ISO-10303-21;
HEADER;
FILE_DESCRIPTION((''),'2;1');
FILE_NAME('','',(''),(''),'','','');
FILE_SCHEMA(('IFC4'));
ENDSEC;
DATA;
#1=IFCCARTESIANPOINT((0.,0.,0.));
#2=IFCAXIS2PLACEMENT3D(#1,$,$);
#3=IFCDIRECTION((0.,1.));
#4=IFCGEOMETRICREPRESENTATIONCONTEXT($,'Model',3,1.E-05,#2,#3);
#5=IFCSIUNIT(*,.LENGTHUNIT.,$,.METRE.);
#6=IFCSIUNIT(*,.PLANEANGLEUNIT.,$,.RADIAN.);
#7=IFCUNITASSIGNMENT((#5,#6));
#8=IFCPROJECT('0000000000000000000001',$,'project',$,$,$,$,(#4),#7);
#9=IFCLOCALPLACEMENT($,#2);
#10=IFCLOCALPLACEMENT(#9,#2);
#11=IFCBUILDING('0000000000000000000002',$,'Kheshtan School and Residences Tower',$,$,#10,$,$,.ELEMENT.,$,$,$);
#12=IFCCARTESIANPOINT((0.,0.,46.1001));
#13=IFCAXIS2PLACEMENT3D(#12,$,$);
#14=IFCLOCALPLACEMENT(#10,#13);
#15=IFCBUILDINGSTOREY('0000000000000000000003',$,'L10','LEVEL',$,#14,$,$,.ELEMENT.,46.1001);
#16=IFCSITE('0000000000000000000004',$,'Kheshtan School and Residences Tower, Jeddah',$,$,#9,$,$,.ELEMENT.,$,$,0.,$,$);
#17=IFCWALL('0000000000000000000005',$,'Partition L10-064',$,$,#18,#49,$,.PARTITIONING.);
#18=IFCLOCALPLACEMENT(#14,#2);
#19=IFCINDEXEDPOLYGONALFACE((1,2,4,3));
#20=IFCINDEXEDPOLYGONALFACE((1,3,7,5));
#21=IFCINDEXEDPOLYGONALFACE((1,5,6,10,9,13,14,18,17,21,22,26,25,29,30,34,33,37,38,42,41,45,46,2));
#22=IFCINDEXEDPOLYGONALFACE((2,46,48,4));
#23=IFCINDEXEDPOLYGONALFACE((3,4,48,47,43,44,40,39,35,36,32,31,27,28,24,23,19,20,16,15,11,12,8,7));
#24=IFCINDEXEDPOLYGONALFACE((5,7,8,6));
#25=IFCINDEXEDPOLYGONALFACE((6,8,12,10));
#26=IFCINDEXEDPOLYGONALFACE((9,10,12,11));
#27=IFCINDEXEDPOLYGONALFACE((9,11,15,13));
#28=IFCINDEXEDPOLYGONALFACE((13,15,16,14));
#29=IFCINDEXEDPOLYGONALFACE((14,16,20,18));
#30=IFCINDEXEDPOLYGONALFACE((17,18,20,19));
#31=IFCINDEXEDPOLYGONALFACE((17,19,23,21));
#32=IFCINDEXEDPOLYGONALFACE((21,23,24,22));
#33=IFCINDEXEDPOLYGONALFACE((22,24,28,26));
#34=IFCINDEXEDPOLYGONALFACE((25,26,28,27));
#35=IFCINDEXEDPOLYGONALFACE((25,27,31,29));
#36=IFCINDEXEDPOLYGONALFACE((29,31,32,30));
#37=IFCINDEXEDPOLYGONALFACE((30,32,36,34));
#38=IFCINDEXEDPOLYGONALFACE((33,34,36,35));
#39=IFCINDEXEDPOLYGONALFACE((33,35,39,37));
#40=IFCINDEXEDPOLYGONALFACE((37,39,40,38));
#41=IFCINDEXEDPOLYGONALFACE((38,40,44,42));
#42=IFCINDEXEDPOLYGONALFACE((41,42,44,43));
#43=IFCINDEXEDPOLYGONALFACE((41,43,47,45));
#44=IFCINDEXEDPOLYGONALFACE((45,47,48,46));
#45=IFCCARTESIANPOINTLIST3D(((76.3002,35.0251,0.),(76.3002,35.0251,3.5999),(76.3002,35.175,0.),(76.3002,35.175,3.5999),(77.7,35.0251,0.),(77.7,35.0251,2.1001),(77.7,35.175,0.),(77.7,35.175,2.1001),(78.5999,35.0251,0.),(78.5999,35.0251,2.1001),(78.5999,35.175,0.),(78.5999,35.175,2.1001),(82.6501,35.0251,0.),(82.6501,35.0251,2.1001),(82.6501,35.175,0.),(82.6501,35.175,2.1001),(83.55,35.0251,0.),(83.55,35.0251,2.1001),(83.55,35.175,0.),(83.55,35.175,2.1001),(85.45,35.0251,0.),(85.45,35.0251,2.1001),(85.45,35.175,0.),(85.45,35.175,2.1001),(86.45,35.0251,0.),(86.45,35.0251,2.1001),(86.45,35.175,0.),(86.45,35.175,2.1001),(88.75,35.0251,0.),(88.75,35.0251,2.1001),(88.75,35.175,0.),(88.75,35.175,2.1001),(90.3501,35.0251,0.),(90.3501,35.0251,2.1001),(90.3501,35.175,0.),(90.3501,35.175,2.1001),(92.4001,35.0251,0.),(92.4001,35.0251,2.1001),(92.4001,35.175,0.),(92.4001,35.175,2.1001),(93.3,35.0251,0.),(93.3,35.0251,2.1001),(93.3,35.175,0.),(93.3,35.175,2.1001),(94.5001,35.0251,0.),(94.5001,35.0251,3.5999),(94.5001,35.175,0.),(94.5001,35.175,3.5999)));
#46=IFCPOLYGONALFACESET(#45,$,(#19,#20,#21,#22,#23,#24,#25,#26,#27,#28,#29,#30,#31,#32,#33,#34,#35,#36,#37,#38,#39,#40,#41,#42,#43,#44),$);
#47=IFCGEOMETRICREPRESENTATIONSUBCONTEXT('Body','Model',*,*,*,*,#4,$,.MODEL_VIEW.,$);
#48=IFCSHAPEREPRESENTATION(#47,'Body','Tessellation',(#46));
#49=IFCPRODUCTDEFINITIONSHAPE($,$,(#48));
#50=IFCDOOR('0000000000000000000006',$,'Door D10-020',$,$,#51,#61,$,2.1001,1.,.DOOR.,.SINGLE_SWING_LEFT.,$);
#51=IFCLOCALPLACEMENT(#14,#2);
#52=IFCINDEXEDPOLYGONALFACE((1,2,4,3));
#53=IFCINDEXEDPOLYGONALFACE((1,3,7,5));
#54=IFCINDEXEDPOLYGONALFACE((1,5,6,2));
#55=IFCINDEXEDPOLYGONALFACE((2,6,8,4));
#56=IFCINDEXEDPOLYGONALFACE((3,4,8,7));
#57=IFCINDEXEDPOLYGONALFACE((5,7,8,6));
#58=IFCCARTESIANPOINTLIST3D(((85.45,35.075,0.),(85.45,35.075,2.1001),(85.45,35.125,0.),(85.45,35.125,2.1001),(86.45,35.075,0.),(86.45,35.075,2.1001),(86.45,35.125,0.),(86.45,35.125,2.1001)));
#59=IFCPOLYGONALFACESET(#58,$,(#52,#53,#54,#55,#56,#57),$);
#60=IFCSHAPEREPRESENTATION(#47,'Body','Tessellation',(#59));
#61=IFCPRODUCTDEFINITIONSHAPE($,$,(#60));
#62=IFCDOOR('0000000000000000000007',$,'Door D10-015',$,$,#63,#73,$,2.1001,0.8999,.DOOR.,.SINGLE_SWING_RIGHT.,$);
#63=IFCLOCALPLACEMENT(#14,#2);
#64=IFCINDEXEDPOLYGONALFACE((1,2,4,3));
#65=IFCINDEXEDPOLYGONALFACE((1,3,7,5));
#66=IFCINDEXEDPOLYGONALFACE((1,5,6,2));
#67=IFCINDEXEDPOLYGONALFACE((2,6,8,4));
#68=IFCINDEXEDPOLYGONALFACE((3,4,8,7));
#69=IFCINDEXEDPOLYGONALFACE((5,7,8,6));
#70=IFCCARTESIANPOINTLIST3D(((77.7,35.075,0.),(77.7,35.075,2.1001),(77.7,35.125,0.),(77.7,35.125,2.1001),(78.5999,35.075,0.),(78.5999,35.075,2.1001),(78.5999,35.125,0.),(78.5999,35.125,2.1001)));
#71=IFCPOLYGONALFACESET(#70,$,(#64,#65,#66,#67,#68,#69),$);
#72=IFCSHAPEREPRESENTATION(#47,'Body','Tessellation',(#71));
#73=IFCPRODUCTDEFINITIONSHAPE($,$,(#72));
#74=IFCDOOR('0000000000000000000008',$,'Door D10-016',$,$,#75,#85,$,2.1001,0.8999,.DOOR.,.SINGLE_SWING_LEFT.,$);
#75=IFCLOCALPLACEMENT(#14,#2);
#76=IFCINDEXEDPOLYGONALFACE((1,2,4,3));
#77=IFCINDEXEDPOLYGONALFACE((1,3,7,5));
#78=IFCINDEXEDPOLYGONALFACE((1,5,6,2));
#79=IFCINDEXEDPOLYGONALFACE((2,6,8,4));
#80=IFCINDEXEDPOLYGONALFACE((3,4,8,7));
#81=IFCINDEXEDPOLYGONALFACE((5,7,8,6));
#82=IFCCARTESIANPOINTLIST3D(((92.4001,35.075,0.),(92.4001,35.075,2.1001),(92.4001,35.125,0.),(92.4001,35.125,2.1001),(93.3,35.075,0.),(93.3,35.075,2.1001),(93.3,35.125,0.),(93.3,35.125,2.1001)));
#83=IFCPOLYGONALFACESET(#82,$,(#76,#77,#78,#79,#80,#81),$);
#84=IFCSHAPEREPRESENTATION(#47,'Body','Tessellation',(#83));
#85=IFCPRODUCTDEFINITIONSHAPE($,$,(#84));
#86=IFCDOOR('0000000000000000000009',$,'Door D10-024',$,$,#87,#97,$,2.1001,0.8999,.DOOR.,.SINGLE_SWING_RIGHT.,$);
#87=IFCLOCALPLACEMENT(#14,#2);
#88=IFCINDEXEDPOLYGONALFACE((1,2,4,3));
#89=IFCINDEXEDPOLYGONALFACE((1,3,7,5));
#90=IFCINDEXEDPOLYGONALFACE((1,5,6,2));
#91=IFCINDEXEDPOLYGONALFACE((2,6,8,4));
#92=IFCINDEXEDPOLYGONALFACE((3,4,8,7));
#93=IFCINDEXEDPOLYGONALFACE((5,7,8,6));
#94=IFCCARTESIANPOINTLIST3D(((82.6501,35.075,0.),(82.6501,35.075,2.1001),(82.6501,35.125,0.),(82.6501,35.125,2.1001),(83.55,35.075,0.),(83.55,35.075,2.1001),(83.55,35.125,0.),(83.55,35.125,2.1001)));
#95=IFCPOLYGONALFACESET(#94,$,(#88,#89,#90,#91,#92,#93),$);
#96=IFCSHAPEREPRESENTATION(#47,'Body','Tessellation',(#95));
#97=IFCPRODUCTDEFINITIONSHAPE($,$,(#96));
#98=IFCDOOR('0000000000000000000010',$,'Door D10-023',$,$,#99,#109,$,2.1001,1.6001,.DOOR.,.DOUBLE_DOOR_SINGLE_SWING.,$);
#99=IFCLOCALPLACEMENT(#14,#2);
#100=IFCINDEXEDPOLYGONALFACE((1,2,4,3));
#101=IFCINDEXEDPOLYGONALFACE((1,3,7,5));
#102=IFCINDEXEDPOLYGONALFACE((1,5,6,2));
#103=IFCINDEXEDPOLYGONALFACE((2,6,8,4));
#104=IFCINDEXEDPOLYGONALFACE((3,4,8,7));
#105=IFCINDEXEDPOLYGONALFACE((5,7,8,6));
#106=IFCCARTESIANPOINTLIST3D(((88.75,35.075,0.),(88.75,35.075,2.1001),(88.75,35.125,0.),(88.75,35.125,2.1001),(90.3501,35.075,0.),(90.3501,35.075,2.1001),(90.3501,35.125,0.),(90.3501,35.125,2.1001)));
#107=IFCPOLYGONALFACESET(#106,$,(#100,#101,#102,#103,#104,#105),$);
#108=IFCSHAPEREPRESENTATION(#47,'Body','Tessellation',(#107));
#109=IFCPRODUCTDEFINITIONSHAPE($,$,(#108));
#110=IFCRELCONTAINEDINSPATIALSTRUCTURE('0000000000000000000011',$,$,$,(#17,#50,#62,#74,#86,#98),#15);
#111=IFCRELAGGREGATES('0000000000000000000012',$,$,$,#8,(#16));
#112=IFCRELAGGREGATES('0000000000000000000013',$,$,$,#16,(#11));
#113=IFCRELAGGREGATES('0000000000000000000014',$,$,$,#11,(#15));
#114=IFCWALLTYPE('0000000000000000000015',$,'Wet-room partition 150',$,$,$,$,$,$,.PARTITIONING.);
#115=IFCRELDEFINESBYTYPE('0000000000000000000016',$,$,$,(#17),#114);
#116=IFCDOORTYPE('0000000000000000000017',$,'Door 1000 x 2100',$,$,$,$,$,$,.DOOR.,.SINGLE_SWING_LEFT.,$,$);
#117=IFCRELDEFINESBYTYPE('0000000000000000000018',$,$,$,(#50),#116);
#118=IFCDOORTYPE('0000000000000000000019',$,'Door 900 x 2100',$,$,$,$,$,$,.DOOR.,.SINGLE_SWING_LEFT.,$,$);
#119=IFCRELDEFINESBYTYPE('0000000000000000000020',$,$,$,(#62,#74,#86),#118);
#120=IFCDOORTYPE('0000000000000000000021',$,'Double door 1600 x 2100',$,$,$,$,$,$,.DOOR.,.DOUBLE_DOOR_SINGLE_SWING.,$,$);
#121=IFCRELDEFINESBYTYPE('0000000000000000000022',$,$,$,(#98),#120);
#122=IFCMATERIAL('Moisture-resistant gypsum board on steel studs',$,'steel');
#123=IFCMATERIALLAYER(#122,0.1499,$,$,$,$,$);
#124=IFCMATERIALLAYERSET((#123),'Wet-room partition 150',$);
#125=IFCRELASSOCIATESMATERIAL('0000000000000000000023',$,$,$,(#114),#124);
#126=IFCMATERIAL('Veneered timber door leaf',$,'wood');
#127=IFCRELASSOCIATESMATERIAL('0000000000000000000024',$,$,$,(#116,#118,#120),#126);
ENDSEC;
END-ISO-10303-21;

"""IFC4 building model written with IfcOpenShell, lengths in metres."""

from ifc_helpers import new_model, si_unit, direction, frame, frame_2d, origin, place, context, subcontext, project, spatial, rectangle, extrude, source, transform, mapped, material, layer, layer_set, type_object, element, fill, save


model = new_model("IFC4")

# Units and contexts
model_context = context("Model", 3, precision=1e-05, world=origin(), true_north=direction((0.0, 1.0)))
body_context = subcontext(model_context, "Body", "Model", "MODEL_VIEW")
ifc_project = project(units=[si_unit("LENGTHUNIT", "METRE"), si_unit("PLANEANGLEUNIT", "RADIAN")], contexts=[model_context])

# Site, building, storey
site_placement = place(None, origin())
site = spatial("IfcSite", under=ifc_project, at=site_placement, Name="Kheshtan School and Residences Tower, Jeddah", CompositionType="ELEMENT", RefElevation=0.0)
building_placement = place(site_placement, origin())
building = spatial("IfcBuilding", under=site, at=building_placement, Name="Kheshtan School and Residences Tower", CompositionType="ELEMENT")
storey_placement = place(building_placement, frame((0.0, 0.0, 46.1001)))
storey = spatial("IfcBuildingStorey", under=building, at=storey_placement, Name="L10", Description="LEVEL", CompositionType="ELEMENT", Elevation=46.1001)

# Wall, openings, doors
ifc_material_1 = material(Name="Moisture-resistant gypsum board on steel studs", Category="steel")
ifc_layer_1 = layer(ifc_material_1, 0.1499)
ifc_layer_set_1 = layer_set([ifc_layer_1], Name="Wet-room partition 150")
wall_type_1 = type_object("IfcWallType", Name="Wet-room partition 150", PredefinedType="PARTITIONING", material=ifc_layer_set_1)
wall_1_placement = place(storey_placement, frame((76.3, 35.1001, 0.0), z_axis=(0.0, 0.0, 1.0), x_axis=(1.0, 0.0, 0.0)))
wall_1 = element("IfcWall", 1, at=wall_1_placement, inside=storey, type_object=wall_type_1, Name="Partition L10-064", PredefinedType="PARTITIONING", context=body_context, shape_type="SweptSolid", body=[
    extrude(rectangle(XDim=18.2, YDim=0.1499, at=frame_2d((9.1001, 0.0))), origin(), (0.0, 0.0, 1.0), 3.5999),
])
opening_1_placement = place(wall_1_placement, frame((1.3999, 0.0, 0.0)))
opening_1 = element("IfcOpeningElement", 2, at=opening_1_placement, cuts=wall_1, PredefinedType="OPENING", context=body_context, shape_type="SweptSolid", body=[
    extrude(rectangle(XDim=0.8999, YDim=2.1001, at=frame_2d((0.45, 1.05))), frame((0.0, 0.085, 0.0), z_axis=(0.0, -1.0, 0.0), x_axis=(1.0, 0.0, 0.0)), (0.0, 0.0, 1.0), 0.1699),
])
opening_2_placement = place(wall_1_placement, frame((16.1001, 0.0, 0.0)))
opening_2 = element("IfcOpeningElement", 3, at=opening_2_placement, cuts=wall_1, PredefinedType="OPENING", context=body_context, shape_type="SweptSolid", body=[
    extrude(rectangle(XDim=0.8999, YDim=2.1001, at=frame_2d((0.45, 1.05))), frame((0.0, 0.085, 0.0), z_axis=(0.0, -1.0, 0.0), x_axis=(1.0, 0.0, 0.0)), (0.0, 0.0, 1.0), 0.1699),
])
opening_3_placement = place(wall_1_placement, frame((9.1499, 0.0, 0.0)))
opening_3 = element("IfcOpeningElement", 4, at=opening_3_placement, cuts=wall_1, PredefinedType="OPENING", context=body_context, shape_type="SweptSolid", body=[
    extrude(rectangle(XDim=1.0, YDim=2.1001, at=frame_2d((0.5, 1.05))), frame((0.0, 0.085, 0.0), z_axis=(0.0, -1.0, 0.0), x_axis=(1.0, 0.0, 0.0)), (0.0, 0.0, 1.0), 0.1699),
])
opening_4_placement = place(wall_1_placement, frame((12.45, 0.0, 0.0)))
opening_4 = element("IfcOpeningElement", 5, at=opening_4_placement, cuts=wall_1, PredefinedType="OPENING", context=body_context, shape_type="SweptSolid", body=[
    extrude(rectangle(XDim=1.6001, YDim=2.1001, at=frame_2d((0.8, 1.05))), frame((0.0, 0.085, 0.0), z_axis=(0.0, -1.0, 0.0), x_axis=(1.0, 0.0, 0.0)), (0.0, 0.0, 1.0), 0.1699),
])
opening_5_placement = place(wall_1_placement, frame((6.3501, 0.0, 0.0)))
opening_5 = element("IfcOpeningElement", 6, at=opening_5_placement, cuts=wall_1, PredefinedType="OPENING", context=body_context, shape_type="SweptSolid", body=[
    extrude(rectangle(XDim=0.8999, YDim=2.1001, at=frame_2d((0.45, 1.05))), frame((0.0, 0.085, 0.0), z_axis=(0.0, -1.0, 0.0), x_axis=(1.0, 0.0, 0.0)), (0.0, 0.0, 1.0), 0.1699),
])
ifc_material_2 = material(Name="Veneered timber door leaf", Category="wood")
door_type_1 = type_object("IfcDoorType", Name="Door 1000 x 2100", OperationType="SINGLE_SWING_LEFT", PredefinedType="DOOR", material=ifc_material_2)
shared_shape_1 = source(origin(), body_context, "Body", "SweptSolid", [
    extrude(rectangle(XDim=1.0, YDim=2.1001, at=frame_2d((0.5, 1.05))), frame((0.0, 0.0249, 0.0), z_axis=(0.0, -1.0, 0.0), x_axis=(1.0, 0.0, 0.0)), (0.0, 0.0, 1.0), 0.05),
])
door_1_placement = place(opening_3_placement, origin())
door_1 = element("IfcDoor", 7, at=door_1_placement, inside=storey, type_object=door_type_1, Name="Door D10-020", OperationType="SINGLE_SWING_LEFT", OverallHeight=2.1001, OverallWidth=1.0, PredefinedType="DOOR", context=body_context, shape_type="MappedRepresentation", body=[
    mapped(shared_shape_1, transform((0.0, 0.0, 0.0), x_axis=(1.0, 0.0, 0.0), y_axis=(0.0, 1.0, 0.0), z_axis=(0.0, 0.0, 1.0), scale=1.0)),
])
fill(opening_3, door_1)
door_type_2 = type_object("IfcDoorType", Name="Door 900 x 2100", OperationType="SINGLE_SWING_LEFT", PredefinedType="DOOR", material=ifc_material_2)
shared_shape_2 = source(origin(), body_context, "Body", "SweptSolid", [
    extrude(rectangle(XDim=0.8999, YDim=2.1001, at=frame_2d((0.45, 1.05))), frame((0.0, 0.0249, 0.0), z_axis=(0.0, -1.0, 0.0), x_axis=(1.0, 0.0, 0.0)), (0.0, 0.0, 1.0), 0.05),
])
door_2_placement = place(opening_1_placement, origin())
door_2 = element("IfcDoor", 8, at=door_2_placement, inside=storey, type_object=door_type_2, Name="Door D10-015", OperationType="SINGLE_SWING_RIGHT", OverallHeight=2.1001, OverallWidth=0.8999, PredefinedType="DOOR", context=body_context, shape_type="MappedRepresentation", body=[
    mapped(shared_shape_2, transform((0.0, 0.0, 0.0), x_axis=(1.0, 0.0, 0.0), y_axis=(0.0, 1.0, 0.0), z_axis=(0.0, 0.0, 1.0), scale=1.0)),
])
fill(opening_1, door_2)
door_3_placement = place(opening_2_placement, origin())
door_3 = element("IfcDoor", 9, at=door_3_placement, inside=storey, type_object=door_type_2, Name="Door D10-016", OperationType="SINGLE_SWING_LEFT", OverallHeight=2.1001, OverallWidth=0.8999, PredefinedType="DOOR", context=body_context, shape_type="MappedRepresentation", body=[
    mapped(shared_shape_2, transform((0.0, 0.0, 0.0), x_axis=(1.0, 0.0, 0.0), y_axis=(0.0, 1.0, 0.0), z_axis=(0.0, 0.0, 1.0), scale=1.0)),
])
fill(opening_2, door_3)
door_4_placement = place(opening_5_placement, origin())
door_4 = element("IfcDoor", 10, at=door_4_placement, inside=storey, type_object=door_type_2, Name="Door D10-024", OperationType="SINGLE_SWING_RIGHT", OverallHeight=2.1001, OverallWidth=0.8999, PredefinedType="DOOR", context=body_context, shape_type="MappedRepresentation", body=[
    mapped(shared_shape_2, transform((0.0, 0.0, 0.0), x_axis=(1.0, 0.0, 0.0), y_axis=(0.0, 1.0, 0.0), z_axis=(0.0, 0.0, 1.0), scale=1.0)),
])
fill(opening_5, door_4)
door_type_3 = type_object("IfcDoorType", Name="Double door 1600 x 2100", OperationType="DOUBLE_DOOR_SINGLE_SWING", PredefinedType="DOOR", material=ifc_material_2)
shared_shape_3 = source(origin(), body_context, "Body", "SweptSolid", [
    extrude(rectangle(XDim=1.6001, YDim=2.1001, at=frame_2d((0.8, 1.05))), frame((0.0, 0.0249, 0.0), z_axis=(0.0, -1.0, 0.0), x_axis=(1.0, 0.0, 0.0)), (0.0, 0.0, 1.0), 0.05),
])
door_5_placement = place(opening_4_placement, origin())
door_5 = element("IfcDoor", 11, at=door_5_placement, inside=storey, type_object=door_type_3, Name="Door D10-023", OperationType="DOUBLE_DOOR_SINGLE_SWING", OverallHeight=2.1001, OverallWidth=1.6001, PredefinedType="DOOR", context=body_context, shape_type="MappedRepresentation", body=[
    mapped(shared_shape_3, transform((0.0, 0.0, 0.0), x_axis=(1.0, 0.0, 0.0), y_axis=(0.0, 1.0, 0.0), z_axis=(0.0, 0.0, 1.0), scale=1.0)),
])
fill(opening_4, door_5)

save(model, "model.ifc")
